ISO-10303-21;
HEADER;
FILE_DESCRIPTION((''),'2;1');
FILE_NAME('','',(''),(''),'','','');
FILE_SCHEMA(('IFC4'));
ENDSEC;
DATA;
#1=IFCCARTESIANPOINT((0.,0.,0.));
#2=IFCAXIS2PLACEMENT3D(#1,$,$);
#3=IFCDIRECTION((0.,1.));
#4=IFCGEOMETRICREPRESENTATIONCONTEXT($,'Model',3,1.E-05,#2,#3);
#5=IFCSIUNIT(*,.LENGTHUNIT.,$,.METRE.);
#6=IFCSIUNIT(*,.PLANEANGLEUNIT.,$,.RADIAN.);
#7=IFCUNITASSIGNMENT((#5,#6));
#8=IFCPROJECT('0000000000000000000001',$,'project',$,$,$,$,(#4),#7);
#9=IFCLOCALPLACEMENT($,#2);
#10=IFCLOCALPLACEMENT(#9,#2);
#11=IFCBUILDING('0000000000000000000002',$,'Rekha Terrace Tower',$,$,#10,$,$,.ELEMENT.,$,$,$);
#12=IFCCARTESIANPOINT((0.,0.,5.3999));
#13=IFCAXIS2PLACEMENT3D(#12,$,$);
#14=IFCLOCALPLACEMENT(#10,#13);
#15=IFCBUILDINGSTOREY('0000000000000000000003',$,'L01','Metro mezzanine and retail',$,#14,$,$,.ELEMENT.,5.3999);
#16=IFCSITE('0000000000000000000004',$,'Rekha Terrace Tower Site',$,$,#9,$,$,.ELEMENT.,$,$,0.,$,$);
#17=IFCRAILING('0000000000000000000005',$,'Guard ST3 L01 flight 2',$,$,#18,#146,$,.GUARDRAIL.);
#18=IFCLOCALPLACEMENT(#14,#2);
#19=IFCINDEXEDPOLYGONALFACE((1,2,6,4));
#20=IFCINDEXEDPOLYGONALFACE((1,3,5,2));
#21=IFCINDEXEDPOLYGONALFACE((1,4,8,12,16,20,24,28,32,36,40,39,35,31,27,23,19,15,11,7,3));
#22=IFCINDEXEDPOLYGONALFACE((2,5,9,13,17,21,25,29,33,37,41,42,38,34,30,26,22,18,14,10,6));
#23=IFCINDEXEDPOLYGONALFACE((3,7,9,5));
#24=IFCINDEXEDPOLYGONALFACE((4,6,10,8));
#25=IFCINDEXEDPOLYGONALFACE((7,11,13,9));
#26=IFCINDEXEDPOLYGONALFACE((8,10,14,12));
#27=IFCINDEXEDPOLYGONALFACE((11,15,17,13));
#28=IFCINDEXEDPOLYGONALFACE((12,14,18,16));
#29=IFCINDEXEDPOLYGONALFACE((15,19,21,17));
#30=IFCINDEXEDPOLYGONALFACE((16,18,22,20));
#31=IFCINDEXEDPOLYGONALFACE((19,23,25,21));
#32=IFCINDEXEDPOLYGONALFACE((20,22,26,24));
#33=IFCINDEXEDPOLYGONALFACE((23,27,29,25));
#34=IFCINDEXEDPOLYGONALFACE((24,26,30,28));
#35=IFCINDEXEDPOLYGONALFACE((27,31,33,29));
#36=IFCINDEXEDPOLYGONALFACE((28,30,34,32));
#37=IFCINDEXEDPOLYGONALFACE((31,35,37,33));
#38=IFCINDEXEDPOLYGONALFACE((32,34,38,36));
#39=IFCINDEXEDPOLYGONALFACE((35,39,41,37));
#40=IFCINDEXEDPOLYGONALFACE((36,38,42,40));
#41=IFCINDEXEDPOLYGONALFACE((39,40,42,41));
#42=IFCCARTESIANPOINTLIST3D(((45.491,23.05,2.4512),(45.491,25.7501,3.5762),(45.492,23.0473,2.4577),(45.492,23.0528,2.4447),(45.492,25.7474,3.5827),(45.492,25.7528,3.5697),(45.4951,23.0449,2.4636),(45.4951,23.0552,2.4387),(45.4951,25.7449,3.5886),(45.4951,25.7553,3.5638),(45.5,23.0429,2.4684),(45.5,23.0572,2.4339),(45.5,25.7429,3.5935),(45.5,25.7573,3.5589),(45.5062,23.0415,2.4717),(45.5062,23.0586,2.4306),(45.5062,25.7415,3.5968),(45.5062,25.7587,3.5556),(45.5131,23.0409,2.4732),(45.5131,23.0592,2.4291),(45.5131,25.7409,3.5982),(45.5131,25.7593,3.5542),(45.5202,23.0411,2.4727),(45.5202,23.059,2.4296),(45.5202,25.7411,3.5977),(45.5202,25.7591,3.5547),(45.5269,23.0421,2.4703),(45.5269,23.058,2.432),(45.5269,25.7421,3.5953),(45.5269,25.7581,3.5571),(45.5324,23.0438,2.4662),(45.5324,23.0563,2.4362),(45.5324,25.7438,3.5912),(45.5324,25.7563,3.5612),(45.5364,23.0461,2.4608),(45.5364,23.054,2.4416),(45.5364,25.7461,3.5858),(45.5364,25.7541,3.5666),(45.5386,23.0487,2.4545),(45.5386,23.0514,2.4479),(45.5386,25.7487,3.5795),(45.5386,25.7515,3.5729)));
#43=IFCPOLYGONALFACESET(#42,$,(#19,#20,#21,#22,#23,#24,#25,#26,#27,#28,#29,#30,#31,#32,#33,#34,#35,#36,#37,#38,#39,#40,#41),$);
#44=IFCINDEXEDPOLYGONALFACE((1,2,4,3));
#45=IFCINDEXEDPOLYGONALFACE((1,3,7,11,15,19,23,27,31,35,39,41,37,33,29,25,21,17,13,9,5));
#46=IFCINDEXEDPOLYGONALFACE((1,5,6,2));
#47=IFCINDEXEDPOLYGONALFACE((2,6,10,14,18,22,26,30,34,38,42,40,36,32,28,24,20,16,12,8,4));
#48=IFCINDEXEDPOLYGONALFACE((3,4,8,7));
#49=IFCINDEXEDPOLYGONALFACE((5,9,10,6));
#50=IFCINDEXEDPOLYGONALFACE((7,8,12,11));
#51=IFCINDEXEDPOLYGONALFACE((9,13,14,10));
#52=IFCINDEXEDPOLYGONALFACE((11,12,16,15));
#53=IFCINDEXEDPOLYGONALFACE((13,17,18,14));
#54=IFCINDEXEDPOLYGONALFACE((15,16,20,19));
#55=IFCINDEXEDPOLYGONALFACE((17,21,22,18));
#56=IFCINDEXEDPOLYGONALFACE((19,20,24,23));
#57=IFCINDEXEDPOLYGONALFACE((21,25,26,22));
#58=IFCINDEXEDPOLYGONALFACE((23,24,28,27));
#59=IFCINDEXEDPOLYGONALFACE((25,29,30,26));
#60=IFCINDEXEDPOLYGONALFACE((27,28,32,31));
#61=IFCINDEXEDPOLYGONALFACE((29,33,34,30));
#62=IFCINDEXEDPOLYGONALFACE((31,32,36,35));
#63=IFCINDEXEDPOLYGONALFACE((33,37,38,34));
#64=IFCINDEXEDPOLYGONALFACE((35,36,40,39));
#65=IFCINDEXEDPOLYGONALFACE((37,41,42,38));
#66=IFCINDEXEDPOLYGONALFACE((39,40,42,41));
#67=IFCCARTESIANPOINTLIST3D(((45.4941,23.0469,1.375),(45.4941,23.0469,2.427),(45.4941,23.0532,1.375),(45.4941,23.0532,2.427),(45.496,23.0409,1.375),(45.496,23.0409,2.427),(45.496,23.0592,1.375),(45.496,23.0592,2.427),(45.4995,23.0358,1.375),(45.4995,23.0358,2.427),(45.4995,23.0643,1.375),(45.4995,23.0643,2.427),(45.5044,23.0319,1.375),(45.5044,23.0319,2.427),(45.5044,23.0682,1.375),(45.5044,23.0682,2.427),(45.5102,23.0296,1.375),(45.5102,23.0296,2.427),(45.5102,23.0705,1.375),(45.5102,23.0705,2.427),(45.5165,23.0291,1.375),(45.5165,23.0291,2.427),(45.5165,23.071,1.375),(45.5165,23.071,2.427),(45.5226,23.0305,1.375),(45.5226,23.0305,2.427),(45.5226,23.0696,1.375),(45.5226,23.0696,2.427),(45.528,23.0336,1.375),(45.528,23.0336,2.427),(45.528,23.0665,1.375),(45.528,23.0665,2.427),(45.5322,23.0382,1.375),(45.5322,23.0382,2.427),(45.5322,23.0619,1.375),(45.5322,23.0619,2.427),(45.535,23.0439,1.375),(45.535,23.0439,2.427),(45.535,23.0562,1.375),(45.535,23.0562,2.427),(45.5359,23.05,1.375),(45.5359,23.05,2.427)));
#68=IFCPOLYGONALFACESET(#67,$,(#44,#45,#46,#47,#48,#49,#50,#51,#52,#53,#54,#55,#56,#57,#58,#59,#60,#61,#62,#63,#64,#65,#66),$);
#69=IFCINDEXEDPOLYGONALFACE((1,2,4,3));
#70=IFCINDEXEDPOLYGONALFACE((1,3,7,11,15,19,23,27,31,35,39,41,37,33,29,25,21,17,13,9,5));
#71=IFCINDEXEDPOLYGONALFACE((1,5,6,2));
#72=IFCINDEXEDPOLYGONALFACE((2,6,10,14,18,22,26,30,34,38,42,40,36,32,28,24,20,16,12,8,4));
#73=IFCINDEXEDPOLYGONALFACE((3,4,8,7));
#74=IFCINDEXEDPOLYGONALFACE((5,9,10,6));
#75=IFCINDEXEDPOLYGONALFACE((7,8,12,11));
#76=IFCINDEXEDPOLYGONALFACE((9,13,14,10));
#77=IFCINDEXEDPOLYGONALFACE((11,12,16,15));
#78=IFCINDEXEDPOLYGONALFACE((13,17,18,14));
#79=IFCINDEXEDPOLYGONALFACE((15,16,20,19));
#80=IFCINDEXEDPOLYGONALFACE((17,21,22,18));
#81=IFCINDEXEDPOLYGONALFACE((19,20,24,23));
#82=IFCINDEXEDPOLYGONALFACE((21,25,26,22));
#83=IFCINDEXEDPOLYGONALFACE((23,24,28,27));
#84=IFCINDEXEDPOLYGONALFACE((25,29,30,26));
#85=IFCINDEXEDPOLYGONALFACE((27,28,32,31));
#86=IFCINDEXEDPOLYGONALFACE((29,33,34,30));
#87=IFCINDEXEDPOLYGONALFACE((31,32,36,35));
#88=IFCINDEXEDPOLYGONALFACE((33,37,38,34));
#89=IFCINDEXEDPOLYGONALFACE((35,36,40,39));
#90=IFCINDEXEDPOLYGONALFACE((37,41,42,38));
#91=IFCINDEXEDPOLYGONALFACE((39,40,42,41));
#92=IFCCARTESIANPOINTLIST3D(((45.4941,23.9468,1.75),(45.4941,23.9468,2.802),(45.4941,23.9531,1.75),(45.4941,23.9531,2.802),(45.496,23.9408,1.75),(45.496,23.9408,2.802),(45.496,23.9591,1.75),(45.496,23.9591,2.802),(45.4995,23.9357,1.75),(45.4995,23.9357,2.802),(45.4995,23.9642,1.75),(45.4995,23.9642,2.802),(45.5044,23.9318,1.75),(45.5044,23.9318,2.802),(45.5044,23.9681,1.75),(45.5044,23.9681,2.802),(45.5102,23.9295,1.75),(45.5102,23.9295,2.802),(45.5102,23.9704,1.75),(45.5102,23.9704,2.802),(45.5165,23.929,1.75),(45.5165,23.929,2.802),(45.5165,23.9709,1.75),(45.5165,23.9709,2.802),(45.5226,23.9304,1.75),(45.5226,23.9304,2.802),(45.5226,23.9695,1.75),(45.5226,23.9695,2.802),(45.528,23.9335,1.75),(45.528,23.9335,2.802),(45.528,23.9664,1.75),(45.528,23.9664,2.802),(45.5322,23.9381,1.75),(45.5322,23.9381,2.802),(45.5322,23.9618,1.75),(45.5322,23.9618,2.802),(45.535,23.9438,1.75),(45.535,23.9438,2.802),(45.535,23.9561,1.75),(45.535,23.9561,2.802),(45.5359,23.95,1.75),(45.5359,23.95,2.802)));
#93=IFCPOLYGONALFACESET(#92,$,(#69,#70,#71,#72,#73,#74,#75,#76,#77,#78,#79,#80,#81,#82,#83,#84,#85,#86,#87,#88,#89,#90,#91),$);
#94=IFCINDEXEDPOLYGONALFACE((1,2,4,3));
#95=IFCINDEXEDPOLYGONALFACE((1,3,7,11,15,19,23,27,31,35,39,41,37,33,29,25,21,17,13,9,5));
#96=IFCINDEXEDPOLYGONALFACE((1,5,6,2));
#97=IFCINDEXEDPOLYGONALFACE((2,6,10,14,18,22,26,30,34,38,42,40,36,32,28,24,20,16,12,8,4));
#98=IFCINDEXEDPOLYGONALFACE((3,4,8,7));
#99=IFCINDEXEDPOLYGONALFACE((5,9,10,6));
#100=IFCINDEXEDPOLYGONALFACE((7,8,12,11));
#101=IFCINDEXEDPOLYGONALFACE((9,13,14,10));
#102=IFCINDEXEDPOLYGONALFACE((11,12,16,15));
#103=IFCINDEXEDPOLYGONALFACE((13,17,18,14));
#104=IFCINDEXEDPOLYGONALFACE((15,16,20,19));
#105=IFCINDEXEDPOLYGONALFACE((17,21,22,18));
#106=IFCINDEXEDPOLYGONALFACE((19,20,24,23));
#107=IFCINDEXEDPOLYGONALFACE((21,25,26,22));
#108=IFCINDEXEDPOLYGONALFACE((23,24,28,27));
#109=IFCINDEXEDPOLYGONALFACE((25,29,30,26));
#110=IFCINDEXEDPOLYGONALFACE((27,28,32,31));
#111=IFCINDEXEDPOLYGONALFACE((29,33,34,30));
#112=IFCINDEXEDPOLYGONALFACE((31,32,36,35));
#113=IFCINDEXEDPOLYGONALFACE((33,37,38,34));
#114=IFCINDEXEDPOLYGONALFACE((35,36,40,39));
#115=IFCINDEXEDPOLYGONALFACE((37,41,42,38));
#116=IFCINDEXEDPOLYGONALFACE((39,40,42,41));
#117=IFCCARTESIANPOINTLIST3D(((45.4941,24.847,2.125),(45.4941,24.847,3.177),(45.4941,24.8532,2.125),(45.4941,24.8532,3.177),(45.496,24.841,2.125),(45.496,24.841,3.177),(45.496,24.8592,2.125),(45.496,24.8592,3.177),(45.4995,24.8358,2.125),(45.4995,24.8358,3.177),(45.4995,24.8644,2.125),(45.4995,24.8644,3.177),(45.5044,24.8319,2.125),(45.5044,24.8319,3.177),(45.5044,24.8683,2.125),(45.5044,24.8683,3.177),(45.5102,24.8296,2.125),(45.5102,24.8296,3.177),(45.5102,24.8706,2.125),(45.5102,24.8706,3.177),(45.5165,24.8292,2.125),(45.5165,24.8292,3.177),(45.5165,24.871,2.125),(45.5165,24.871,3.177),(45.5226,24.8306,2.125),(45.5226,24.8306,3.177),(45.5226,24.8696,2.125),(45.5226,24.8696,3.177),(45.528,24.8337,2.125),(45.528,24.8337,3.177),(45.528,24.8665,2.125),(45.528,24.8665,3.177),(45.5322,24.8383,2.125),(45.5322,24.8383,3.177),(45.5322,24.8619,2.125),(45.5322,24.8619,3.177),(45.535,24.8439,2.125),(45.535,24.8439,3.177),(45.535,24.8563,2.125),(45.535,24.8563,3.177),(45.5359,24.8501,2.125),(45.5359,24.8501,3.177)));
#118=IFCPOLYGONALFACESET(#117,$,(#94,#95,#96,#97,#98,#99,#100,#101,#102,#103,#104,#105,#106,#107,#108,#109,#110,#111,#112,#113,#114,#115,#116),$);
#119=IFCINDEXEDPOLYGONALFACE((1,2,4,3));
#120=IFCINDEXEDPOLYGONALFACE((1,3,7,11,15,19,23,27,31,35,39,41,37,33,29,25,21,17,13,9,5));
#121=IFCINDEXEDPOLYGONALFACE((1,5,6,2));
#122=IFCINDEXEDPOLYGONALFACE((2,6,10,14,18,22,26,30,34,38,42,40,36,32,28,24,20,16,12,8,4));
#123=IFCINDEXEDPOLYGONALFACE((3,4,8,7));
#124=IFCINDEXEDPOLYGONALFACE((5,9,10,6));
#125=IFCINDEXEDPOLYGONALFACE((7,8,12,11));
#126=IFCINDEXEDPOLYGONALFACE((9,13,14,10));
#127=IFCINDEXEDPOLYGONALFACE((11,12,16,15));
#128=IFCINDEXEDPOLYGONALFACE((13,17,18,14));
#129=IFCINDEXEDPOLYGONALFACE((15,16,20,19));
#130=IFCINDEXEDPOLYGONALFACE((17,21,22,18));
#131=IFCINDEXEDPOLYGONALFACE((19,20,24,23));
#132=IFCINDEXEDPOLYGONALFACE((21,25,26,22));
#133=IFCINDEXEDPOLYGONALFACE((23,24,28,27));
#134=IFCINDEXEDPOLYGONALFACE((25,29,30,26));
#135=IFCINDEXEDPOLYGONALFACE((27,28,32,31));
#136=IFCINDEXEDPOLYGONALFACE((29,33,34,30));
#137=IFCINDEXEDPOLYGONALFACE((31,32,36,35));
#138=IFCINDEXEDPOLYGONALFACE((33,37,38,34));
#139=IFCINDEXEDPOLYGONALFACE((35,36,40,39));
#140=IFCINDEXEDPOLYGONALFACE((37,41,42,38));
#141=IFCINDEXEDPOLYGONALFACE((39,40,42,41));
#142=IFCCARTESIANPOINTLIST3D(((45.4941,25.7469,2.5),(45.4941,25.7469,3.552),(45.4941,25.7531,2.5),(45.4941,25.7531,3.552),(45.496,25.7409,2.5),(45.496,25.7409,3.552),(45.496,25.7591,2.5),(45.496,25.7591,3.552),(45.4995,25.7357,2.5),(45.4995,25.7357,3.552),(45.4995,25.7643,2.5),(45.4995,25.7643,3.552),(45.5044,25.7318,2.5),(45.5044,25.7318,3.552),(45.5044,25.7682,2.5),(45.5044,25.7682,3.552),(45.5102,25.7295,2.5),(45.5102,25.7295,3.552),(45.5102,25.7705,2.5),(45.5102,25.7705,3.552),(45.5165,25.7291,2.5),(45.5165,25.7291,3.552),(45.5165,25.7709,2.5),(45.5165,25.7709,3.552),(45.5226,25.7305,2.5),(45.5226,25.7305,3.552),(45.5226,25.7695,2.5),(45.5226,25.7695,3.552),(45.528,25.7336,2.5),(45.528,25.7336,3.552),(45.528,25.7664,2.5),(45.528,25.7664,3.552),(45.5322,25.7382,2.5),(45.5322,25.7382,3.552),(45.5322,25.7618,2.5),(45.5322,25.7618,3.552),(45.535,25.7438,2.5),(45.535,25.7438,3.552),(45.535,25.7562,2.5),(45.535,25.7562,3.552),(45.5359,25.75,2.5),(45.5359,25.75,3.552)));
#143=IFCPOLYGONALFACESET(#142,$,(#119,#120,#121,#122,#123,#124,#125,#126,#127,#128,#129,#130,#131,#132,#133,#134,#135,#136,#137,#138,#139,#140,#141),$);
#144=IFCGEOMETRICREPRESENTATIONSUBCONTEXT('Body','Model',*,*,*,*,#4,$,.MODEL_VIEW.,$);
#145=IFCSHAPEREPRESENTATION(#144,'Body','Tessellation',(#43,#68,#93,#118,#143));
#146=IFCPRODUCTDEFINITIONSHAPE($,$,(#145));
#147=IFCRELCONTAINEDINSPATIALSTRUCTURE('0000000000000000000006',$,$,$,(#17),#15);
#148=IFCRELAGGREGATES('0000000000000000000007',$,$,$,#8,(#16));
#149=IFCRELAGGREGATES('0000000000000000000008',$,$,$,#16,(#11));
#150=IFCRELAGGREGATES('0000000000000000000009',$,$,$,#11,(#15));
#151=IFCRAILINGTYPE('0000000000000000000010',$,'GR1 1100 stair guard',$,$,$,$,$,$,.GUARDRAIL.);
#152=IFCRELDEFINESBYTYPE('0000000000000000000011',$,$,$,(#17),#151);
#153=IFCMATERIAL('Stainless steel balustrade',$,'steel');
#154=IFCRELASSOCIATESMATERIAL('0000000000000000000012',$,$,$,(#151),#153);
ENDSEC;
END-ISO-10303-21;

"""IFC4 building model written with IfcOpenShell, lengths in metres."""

from ifc_helpers import new_model, si_unit, direction, frame, origin, origin_2d, place, context, subcontext, project, spatial, circle, extrude, material, type_object, element, save


model = new_model("IFC4")

# Units and contexts
model_context = context("Model", 3, precision=1e-05, world=origin(), true_north=direction((0.0, 1.0)))
body_context = subcontext(model_context, "Body", "Model", "MODEL_VIEW")
ifc_project = project(units=[si_unit("LENGTHUNIT", "METRE"), si_unit("PLANEANGLEUNIT", "RADIAN")], contexts=[model_context])

# Site, building, storey
site_placement = place(None, origin())
site = spatial("IfcSite", under=ifc_project, at=site_placement, Name="Rekha Terrace Tower Site", CompositionType="ELEMENT", RefElevation=0.0)
building_placement = place(site_placement, origin())
building = spatial("IfcBuilding", under=site, at=building_placement, Name="Rekha Terrace Tower", CompositionType="ELEMENT")
storey_placement = place(building_placement, frame((0.0, 0.0, 5.3999)))
storey = spatial("IfcBuildingStorey", under=building, at=storey_placement, Name="L01", Description="Metro mezzanine and retail", CompositionType="ELEMENT", Elevation=5.3999)

# Railing
ifc_material_1 = material(Name="Stainless steel balustrade", Category="steel")
railing_type_1 = type_object("IfcRailingType", Name="GR1 1100 stair guard", PredefinedType="GUARDRAIL", material=ifc_material_1)
railing_1_placement = place(storey_placement, frame((45.5149, 23.05, 1.375)))
element("IfcRailing", 1, at=railing_1_placement, inside=storey, type_object=railing_type_1, Name="Guard ST3 L01 flight 2", PredefinedType="GUARDRAIL", context=body_context, shape_type="SweptSolid", body=[
    extrude(circle(Radius=0.0239, at=origin_2d()), frame((0.0, 0.0, 1.0762), z_axis=(0.0, 0.923074, 0.384621), x_axis=(-1.0, 0.0, 0.0)), (0.0, 0.0, 1.0), 2.925),
    extrude(circle(Radius=0.021, at=origin_2d()), origin(), (0.0, 0.0, 1.0), 1.052),
    extrude(circle(Radius=0.021, at=origin_2d()), frame((0.0, 0.8999, 0.375)), (0.0, 0.0, 1.0), 1.052),
    extrude(circle(Radius=0.021, at=origin_2d()), frame((0.0, 1.8, 0.75)), (0.0, 0.0, 1.0), 1.052),
    extrude(circle(Radius=0.021, at=origin_2d()), frame((0.0, 2.7, 1.125)), (0.0, 0.0, 1.0), 1.052),
])

save(model, "model.ifc")
